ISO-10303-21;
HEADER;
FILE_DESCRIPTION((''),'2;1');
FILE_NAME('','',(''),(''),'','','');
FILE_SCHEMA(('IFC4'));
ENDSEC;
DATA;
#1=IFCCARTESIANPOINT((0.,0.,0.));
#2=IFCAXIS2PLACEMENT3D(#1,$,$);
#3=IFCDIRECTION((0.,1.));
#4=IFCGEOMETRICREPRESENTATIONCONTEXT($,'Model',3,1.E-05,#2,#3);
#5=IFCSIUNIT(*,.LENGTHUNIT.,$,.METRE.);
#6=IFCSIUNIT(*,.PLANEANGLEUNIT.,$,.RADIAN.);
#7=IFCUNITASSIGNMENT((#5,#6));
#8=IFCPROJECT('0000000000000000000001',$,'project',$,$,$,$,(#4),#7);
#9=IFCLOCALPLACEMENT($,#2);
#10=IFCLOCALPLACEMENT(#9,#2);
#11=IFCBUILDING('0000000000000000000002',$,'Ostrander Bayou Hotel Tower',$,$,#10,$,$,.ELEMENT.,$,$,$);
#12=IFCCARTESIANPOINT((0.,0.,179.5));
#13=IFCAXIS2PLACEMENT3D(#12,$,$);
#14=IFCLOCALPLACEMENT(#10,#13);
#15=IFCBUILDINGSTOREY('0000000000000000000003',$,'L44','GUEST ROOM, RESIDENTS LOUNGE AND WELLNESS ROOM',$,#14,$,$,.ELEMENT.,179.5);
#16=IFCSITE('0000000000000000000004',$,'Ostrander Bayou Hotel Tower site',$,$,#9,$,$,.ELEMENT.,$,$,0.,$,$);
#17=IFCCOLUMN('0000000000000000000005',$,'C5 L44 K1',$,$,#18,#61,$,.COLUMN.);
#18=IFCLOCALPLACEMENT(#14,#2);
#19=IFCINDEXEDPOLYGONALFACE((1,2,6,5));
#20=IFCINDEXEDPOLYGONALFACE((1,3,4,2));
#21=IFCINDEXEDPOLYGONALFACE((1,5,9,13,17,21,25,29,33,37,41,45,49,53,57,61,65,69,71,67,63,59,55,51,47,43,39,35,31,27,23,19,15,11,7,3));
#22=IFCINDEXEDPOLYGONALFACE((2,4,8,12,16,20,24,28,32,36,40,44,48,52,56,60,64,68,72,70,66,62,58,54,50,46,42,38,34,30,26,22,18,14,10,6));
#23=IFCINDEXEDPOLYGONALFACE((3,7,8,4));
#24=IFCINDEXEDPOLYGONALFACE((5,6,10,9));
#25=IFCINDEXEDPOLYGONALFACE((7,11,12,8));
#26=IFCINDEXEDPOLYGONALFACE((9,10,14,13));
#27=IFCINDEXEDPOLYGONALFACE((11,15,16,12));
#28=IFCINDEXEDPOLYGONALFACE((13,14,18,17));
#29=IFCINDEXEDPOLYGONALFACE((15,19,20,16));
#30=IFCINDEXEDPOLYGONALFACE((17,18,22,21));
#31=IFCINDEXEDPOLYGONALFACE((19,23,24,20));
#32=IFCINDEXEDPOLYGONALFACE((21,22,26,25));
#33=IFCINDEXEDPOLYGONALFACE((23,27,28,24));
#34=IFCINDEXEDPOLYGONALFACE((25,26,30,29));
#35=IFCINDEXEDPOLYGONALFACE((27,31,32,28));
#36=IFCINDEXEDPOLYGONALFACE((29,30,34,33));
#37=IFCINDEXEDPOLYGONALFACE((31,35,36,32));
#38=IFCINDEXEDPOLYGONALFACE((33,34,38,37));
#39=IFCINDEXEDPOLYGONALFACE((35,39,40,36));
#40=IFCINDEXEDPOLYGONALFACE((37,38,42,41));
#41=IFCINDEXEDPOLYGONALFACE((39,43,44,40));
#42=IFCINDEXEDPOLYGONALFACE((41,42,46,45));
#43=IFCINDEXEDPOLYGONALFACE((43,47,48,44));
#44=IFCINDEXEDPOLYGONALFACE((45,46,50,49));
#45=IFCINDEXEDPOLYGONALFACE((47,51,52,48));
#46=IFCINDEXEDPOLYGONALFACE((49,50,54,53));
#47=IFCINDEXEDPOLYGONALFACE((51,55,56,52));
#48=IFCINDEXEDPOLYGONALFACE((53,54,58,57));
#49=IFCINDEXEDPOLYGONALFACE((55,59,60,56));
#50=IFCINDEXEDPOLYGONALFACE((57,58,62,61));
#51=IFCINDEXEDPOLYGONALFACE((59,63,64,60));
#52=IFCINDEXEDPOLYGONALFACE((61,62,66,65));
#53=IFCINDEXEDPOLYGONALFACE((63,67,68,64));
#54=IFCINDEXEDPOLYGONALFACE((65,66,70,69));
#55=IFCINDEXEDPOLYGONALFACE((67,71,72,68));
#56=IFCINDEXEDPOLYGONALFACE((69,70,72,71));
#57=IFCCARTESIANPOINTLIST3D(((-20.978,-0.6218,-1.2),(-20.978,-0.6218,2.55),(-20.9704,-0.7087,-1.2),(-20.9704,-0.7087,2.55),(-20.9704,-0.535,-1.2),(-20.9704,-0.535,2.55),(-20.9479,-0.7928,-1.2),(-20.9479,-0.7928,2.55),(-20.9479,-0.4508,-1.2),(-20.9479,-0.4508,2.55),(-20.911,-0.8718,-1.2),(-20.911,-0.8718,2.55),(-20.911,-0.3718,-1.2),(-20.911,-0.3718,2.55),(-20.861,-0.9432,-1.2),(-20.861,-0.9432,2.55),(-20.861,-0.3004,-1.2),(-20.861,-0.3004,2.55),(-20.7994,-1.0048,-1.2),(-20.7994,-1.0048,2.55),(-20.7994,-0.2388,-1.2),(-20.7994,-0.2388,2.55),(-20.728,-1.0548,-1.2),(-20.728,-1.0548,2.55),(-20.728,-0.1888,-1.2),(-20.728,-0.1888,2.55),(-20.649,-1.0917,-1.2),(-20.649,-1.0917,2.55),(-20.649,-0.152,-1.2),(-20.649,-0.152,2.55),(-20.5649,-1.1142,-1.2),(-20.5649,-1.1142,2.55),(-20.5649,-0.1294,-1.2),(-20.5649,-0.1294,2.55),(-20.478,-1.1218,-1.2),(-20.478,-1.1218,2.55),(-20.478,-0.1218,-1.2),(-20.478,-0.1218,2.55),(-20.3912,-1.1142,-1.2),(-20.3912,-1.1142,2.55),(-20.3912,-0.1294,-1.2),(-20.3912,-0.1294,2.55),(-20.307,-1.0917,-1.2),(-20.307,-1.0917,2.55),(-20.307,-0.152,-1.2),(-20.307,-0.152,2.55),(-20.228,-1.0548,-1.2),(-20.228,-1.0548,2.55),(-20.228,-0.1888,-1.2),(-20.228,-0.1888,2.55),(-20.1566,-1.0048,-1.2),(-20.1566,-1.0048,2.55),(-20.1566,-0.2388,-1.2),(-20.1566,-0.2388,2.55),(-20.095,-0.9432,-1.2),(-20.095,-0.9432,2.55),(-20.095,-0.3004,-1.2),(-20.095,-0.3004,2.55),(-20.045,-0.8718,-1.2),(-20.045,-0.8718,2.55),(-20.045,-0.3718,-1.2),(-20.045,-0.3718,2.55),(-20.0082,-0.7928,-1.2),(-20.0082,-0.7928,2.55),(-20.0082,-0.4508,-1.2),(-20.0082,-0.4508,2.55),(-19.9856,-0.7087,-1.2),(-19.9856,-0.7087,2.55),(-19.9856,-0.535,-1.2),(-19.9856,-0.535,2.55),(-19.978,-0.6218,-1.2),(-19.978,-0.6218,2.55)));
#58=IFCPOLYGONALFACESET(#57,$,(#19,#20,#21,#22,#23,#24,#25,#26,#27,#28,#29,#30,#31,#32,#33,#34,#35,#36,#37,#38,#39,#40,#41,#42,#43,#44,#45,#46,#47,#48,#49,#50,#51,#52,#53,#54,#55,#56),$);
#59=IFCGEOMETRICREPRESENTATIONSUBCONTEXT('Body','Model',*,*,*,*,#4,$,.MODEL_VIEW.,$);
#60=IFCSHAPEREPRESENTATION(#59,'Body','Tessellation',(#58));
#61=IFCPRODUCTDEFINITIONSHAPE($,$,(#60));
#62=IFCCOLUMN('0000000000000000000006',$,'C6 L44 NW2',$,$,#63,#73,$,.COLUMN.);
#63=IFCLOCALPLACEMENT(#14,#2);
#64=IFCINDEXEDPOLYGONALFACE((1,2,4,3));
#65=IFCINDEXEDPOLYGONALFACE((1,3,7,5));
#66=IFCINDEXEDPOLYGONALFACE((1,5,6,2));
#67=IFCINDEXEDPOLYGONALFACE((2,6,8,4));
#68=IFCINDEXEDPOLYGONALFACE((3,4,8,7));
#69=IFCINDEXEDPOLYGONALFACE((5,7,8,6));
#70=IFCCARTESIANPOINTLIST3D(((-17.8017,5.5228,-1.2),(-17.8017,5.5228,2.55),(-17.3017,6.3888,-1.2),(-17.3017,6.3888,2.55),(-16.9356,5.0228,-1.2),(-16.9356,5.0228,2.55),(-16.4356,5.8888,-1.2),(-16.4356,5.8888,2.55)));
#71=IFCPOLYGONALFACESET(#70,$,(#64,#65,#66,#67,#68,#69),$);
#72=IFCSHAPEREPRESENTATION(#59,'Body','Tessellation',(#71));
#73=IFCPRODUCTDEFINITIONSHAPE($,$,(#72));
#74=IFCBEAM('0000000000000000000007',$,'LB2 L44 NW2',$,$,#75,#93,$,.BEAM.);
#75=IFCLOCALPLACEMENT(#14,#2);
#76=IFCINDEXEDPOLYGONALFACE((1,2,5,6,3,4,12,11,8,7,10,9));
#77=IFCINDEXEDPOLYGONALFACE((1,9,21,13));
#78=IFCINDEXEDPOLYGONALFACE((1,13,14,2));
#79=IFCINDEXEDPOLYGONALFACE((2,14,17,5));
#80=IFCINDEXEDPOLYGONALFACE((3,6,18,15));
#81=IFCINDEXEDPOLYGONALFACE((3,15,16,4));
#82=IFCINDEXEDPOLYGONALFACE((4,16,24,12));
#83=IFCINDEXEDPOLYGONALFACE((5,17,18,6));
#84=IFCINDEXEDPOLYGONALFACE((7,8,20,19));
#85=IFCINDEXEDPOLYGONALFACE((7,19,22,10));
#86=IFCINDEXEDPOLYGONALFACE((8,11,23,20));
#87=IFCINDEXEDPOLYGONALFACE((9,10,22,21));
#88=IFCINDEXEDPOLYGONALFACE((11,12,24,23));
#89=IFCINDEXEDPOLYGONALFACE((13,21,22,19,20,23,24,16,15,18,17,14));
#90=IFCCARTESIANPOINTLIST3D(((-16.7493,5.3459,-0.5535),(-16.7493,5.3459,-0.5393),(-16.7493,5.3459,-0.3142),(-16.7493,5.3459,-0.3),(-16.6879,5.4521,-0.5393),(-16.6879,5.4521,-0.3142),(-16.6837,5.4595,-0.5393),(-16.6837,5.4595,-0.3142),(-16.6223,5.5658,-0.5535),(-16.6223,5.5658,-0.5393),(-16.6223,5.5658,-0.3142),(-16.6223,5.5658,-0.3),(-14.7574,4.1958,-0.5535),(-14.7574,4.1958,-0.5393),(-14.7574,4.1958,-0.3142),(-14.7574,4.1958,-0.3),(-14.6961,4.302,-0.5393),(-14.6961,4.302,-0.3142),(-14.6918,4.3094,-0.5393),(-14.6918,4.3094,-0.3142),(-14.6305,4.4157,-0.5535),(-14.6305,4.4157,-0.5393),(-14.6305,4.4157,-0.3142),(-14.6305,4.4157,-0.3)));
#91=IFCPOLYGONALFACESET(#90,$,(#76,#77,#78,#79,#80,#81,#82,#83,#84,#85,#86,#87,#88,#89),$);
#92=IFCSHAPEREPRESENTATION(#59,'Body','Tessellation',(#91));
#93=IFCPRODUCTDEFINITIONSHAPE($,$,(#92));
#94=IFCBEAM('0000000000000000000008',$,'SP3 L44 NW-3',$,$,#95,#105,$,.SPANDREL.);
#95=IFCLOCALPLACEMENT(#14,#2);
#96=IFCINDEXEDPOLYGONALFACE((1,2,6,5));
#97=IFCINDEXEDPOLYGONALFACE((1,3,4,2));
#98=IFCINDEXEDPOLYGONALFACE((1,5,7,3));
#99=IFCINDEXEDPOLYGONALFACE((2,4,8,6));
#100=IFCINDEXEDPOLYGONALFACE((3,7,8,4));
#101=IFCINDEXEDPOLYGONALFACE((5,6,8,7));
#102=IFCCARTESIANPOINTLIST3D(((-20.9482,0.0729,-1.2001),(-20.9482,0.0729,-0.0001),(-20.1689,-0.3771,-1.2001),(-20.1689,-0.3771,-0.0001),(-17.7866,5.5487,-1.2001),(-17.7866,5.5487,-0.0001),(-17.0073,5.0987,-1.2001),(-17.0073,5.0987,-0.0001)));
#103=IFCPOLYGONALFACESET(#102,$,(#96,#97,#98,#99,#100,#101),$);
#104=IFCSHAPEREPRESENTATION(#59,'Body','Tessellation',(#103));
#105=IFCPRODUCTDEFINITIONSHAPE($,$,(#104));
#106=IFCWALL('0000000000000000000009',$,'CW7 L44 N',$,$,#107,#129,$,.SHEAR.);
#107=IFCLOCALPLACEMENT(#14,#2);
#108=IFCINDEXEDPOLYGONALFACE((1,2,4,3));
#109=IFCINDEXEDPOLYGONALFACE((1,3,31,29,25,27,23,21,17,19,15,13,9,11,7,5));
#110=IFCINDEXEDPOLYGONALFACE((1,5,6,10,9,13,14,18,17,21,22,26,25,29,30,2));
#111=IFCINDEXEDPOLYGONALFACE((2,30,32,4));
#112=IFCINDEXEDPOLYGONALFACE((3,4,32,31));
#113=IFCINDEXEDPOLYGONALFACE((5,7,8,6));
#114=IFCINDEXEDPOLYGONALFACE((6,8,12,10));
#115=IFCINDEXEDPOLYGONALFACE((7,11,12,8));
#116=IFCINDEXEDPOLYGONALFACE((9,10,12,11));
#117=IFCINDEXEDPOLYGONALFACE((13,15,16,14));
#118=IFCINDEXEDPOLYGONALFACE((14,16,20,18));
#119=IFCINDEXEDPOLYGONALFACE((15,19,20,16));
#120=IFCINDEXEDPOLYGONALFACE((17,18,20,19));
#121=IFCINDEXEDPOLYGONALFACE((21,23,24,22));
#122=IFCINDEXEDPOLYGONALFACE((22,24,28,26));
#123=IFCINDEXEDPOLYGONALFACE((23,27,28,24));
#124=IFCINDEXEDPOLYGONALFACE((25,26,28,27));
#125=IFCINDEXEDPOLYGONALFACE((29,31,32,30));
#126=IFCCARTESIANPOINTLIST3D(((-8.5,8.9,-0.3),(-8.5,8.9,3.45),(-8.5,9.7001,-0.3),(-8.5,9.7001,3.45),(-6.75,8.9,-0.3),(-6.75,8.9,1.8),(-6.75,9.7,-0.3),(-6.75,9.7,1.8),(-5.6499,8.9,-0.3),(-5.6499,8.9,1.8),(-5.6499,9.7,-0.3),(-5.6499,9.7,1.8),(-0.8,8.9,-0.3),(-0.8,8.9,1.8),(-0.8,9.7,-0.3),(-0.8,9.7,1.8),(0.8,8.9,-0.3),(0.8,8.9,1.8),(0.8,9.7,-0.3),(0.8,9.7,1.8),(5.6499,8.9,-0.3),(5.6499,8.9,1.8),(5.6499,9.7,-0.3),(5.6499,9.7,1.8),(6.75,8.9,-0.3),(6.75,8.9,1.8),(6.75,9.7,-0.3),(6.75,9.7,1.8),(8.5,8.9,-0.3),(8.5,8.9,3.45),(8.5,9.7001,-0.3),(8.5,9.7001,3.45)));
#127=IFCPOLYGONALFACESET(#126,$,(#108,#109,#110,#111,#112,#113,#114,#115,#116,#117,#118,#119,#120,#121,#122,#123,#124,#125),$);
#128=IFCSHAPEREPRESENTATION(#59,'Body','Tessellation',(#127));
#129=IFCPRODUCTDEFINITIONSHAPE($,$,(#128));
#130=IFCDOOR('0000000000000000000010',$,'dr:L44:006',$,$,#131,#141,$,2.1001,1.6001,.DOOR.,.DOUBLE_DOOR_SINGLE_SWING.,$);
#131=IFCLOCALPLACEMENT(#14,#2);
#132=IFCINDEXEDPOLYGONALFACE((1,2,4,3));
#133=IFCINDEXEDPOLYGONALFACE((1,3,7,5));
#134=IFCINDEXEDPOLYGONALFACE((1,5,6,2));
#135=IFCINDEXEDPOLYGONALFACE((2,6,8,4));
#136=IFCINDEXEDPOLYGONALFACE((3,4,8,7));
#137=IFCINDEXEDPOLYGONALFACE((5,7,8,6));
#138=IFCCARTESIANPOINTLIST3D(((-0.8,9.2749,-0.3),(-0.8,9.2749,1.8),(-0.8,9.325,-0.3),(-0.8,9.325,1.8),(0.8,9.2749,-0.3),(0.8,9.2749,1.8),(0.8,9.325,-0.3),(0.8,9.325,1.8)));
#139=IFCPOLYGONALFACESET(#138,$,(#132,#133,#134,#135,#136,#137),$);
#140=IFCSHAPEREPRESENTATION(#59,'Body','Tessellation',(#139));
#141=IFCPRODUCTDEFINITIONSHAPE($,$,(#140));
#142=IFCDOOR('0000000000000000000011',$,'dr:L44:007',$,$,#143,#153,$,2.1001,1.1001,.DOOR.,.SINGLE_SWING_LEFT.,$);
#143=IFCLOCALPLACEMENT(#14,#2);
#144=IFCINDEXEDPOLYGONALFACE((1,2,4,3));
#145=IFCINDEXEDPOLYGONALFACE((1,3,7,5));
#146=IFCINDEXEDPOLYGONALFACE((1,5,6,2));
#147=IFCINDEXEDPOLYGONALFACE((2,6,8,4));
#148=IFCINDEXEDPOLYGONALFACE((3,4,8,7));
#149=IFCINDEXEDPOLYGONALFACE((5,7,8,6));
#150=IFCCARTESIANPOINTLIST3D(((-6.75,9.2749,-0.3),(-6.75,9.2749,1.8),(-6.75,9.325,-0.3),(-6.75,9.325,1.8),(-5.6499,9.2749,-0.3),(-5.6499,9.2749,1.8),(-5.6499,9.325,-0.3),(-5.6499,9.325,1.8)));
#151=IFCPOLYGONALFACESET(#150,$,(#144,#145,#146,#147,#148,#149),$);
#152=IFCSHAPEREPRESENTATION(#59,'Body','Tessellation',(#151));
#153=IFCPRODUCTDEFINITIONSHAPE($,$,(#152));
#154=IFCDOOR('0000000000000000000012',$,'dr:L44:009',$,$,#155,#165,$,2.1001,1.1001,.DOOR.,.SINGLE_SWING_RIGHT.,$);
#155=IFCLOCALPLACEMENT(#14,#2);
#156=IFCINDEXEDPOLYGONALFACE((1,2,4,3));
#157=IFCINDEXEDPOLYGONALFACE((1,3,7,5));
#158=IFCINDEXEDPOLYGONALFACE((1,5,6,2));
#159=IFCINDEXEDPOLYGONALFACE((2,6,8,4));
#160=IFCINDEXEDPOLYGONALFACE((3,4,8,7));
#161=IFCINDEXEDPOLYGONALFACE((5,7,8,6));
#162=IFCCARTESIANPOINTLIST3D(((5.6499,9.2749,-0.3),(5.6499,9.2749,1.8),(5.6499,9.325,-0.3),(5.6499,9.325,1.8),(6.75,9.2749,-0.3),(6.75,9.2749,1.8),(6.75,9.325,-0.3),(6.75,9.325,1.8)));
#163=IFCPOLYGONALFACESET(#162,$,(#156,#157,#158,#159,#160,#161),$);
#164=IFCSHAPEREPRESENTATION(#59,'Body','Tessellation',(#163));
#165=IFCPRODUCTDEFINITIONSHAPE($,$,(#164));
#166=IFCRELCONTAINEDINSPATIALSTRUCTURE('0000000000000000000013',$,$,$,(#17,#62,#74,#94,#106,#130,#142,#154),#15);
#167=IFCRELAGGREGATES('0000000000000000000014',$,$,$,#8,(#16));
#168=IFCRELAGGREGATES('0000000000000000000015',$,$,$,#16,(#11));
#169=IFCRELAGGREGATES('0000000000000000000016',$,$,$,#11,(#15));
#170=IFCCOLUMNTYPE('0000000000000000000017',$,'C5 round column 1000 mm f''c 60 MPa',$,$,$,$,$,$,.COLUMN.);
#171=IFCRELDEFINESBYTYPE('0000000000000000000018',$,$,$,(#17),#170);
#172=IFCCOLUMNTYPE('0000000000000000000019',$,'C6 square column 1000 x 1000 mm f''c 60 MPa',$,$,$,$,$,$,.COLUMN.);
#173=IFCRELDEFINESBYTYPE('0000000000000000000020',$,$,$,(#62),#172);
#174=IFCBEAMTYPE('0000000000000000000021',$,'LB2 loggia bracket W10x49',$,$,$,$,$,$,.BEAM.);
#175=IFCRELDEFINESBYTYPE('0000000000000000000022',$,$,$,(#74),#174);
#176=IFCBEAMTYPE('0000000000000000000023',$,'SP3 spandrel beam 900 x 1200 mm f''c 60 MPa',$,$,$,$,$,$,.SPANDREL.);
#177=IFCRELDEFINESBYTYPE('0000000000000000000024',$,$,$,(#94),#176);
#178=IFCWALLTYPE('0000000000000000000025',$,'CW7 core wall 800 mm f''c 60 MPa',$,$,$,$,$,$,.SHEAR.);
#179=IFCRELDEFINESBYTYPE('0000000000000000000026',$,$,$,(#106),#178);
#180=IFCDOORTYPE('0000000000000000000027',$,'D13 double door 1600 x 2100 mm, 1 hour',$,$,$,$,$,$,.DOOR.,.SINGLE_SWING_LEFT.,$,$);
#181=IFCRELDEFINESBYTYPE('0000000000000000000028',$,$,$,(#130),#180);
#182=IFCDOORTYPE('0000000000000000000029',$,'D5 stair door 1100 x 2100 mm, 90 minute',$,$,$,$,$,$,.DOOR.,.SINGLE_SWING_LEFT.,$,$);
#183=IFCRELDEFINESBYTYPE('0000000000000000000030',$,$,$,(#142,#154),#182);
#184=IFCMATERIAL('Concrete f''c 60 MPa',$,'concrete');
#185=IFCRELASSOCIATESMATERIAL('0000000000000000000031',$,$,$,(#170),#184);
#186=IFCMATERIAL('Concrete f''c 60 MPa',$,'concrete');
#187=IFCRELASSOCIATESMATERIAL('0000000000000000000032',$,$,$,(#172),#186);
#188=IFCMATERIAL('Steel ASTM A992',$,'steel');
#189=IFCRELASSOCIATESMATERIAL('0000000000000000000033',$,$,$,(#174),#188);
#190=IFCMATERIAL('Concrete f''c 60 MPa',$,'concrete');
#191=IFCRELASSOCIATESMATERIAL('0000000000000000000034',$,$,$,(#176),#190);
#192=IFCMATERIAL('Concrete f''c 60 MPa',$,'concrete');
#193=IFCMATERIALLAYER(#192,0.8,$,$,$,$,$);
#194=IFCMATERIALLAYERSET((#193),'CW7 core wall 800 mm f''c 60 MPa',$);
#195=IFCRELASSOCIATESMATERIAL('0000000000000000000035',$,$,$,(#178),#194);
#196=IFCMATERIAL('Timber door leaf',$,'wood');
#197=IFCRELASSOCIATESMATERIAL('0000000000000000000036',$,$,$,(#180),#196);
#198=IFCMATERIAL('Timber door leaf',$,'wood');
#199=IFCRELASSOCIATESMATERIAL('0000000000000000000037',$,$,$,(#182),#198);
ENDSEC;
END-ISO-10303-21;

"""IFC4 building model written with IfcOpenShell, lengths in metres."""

from ifc_helpers import new_model, si_unit, direction, frame, frame_2d, origin, origin_2d, place, context, subcontext, project, spatial, rectangle, circle, i_section, extrude, material, layer, layer_set, material_profile, profile_set, type_object, element, fill, save


model = new_model("IFC4")

# Units and contexts
model_context = context("Model", 3, precision=1e-05, world=origin(), true_north=direction((0.0, 1.0)))
body_context = subcontext(model_context, "Body", "Model", "MODEL_VIEW")
ifc_project = project(units=[si_unit("LENGTHUNIT", "METRE"), si_unit("PLANEANGLEUNIT", "RADIAN")], contexts=[model_context])

# Site, building, storey
site_placement = place(None, origin())
site = spatial("IfcSite", under=ifc_project, at=site_placement, Name="Ostrander Bayou Hotel Tower site", CompositionType="ELEMENT", RefElevation=0.0)
building_placement = place(site_placement, origin())
building = spatial("IfcBuilding", under=site, at=building_placement, Name="Ostrander Bayou Hotel Tower", CompositionType="ELEMENT")
storey_placement = place(building_placement, frame((0.0, 0.0, 179.5)))
storey = spatial("IfcBuildingStorey", under=building, at=storey_placement, Name="L44", Description="GUEST ROOM, RESIDENTS LOUNGE AND WELLNESS ROOM", CompositionType="ELEMENT", Elevation=179.5)

# Columns
ifc_material_1 = material(Name="Concrete f'c 60 MPa", Category="concrete")
ifc_material_profile_1 = material_profile(ifc_material_1, circle(Radius=0.5, at=origin_2d()))
ifc_profile_set_1 = profile_set([ifc_material_profile_1], Name="Concrete f'c 60 MPa")
column_type_1 = type_object("IfcColumnType", Name="C5 round column 1000 mm f'c 60 MPa", PredefinedType="COLUMN", material=ifc_profile_set_1)
column_1_placement = place(storey_placement, frame((-20.478, -0.6218, -1.2), z_axis=(0.0, 0.0, 1.0), x_axis=(1.0, 0.0, 0.0)))
element("IfcColumn", 1, at=column_1_placement, inside=storey, type_object=column_type_1, Name="C5 L44 K1", PredefinedType="COLUMN", context=body_context, shape_type="SweptSolid", body=[
    extrude(circle(Radius=0.5, at=origin_2d()), origin(), (0.0, 0.0, 1.0), 3.75),
])
ifc_material_2 = material(Name="Concrete f'c 60 MPa", Category="concrete")
ifc_material_profile_2 = material_profile(ifc_material_2, rectangle(XDim=1.0, YDim=1.0, at=origin_2d()))
ifc_profile_set_2 = profile_set([ifc_material_profile_2], Name="Concrete f'c 60 MPa")
column_type_2 = type_object("IfcColumnType", Name="C6 square column 1000 x 1000 mm f'c 60 MPa", PredefinedType="COLUMN", material=ifc_profile_set_2)
column_2_placement = place(storey_placement, frame((-17.1187, 5.7058, -1.2), z_axis=(0.0, 0.0, 1.0), x_axis=(0.5, 0.866025, 0.0)))
element("IfcColumn", 2, at=column_2_placement, inside=storey, type_object=column_type_2, Name="C6 L44 NW2", PredefinedType="COLUMN", context=body_context, shape_type="SweptSolid", body=[
    extrude(rectangle(XDim=1.0, YDim=1.0, at=origin_2d()), origin(), (0.0, 0.0, 1.0), 3.75),
])

# Beams
ifc_material_3 = material(Name="Steel ASTM A992", Category="steel")
ifc_material_profile_3 = material_profile(ifc_material_3, i_section(OverallWidth=0.2539, OverallDepth=0.2534, WebThickness=0.0085, FlangeThickness=0.0142, at=origin_2d()))
ifc_profile_set_3 = profile_set([ifc_material_profile_3], Name="Steel ASTM A992")
beam_type_1 = type_object("IfcBeamType", Name="LB2 loggia bracket W10x49", PredefinedType="BEAM", material=ifc_profile_set_3)
beam_1_placement = place(storey_placement, frame((-16.6858, 5.4558, -0.4268), z_axis=(0.866007, -0.500032, 0.0), x_axis=(0.500032, 0.866007, 0.0)))
element("IfcBeam", 3, at=beam_1_placement, inside=storey, type_object=beam_type_1, Name="LB2 L44 NW2", PredefinedType="BEAM", context=body_context, shape_type="SweptSolid", body=[
    extrude(i_section(OverallWidth=0.2539, OverallDepth=0.2534, WebThickness=0.0085, FlangeThickness=0.0142, at=origin_2d()), origin(), (0.0, 0.0, 1.0), 2.3),
])
ifc_material_4 = material(Name="Concrete f'c 60 MPa", Category="concrete")
ifc_material_profile_4 = material_profile(ifc_material_4, rectangle(XDim=0.8999, YDim=1.2, at=origin_2d()))
ifc_profile_set_4 = profile_set([ifc_material_profile_4], Name="Concrete f'c 60 MPa")
beam_type_2 = type_object("IfcBeamType", Name="SP3 spandrel beam 900 x 1200 mm f'c 60 MPa", PredefinedType="SPANDREL", material=ifc_profile_set_4)
beam_2_placement = place(storey_placement, frame((-17.397, 5.3237, -0.6001), z_axis=(-0.500018, -0.866015, 0.0), x_axis=(0.866015, -0.500018, 0.0)))
element("IfcBeam", 4, at=beam_2_placement, inside=storey, type_object=beam_type_2, Name="SP3 L44 NW-3", PredefinedType="SPANDREL", context=body_context, shape_type="SweptSolid", body=[
    extrude(rectangle(XDim=0.8999, YDim=1.2, at=origin_2d()), origin(), (0.0, 0.0, 1.0), 6.323),
])

# Wall, openings, doors
ifc_material_5 = material(Name="Concrete f'c 60 MPa", Category="concrete")
ifc_layer_1 = layer(ifc_material_5, 0.8)
ifc_layer_set_1 = layer_set([ifc_layer_1], Name="CW7 core wall 800 mm f'c 60 MPa")
wall_type_1 = type_object("IfcWallType", Name="CW7 core wall 800 mm f'c 60 MPa", PredefinedType="SHEAR", material=ifc_layer_set_1)
wall_1_placement = place(storey_placement, frame((-8.5, 9.3, -0.3), z_axis=(0.0, 0.0, 1.0), x_axis=(1.0, 0.0, 0.0)))
wall_1 = element("IfcWall", 5, at=wall_1_placement, inside=storey, type_object=wall_type_1, Name="CW7 L44 N", PredefinedType="SHEAR", context=body_context, shape_type="SweptSolid", body=[
    extrude(rectangle(XDim=17.0, YDim=0.8, at=frame_2d((8.5, 0.0))), origin(), (0.0, 0.0, 1.0), 3.75),
])
opening_1_placement = place(wall_1_placement, frame((7.7, 0.0, 0.0)))
opening_1 = element("IfcOpeningElement", 6, at=opening_1_placement, cuts=wall_1, PredefinedType="OPENING", context=body_context, shape_type="SweptSolid", body=[
    extrude(rectangle(XDim=1.6001, YDim=2.1001, at=frame_2d((0.8, 1.05))), frame((0.0, 0.3999, 0.0), z_axis=(0.0, -1.0, 0.0), x_axis=(1.0, 0.0, 0.0)), (0.0, 0.0, 1.0), 0.8),
])
opening_2_placement = place(wall_1_placement, frame((1.75, 0.0, 0.0)))
opening_2 = element("IfcOpeningElement", 7, at=opening_2_placement, cuts=wall_1, PredefinedType="OPENING", context=body_context, shape_type="SweptSolid", body=[
    extrude(rectangle(XDim=1.1001, YDim=2.1001, at=frame_2d((0.55, 1.05))), frame((0.0, 0.3999, 0.0), z_axis=(0.0, -1.0, 0.0), x_axis=(1.0, 0.0, 0.0)), (0.0, 0.0, 1.0), 0.8),
])
opening_3_placement = place(wall_1_placement, frame((14.1499, 0.0, 0.0)))
opening_3 = element("IfcOpeningElement", 8, at=opening_3_placement, cuts=wall_1, PredefinedType="OPENING", context=body_context, shape_type="SweptSolid", body=[
    extrude(rectangle(XDim=1.1001, YDim=2.1001, at=frame_2d((0.55, 1.05))), frame((0.0, 0.3999, 0.0), z_axis=(0.0, -1.0, 0.0), x_axis=(1.0, 0.0, 0.0)), (0.0, 0.0, 1.0), 0.8),
])
ifc_material_6 = material(Name="Timber door leaf", Category="wood")
door_type_1 = type_object("IfcDoorType", Name="D13 double door 1600 x 2100 mm, 1 hour", OperationType="SINGLE_SWING_LEFT", PredefinedType="DOOR", material=ifc_material_6)
door_1_placement = place(opening_1_placement, origin())
door_1 = element("IfcDoor", 9, at=door_1_placement, inside=storey, type_object=door_type_1, Name="dr:L44:006", OperationType="DOUBLE_DOOR_SINGLE_SWING", OverallHeight=2.1001, OverallWidth=1.6001, PredefinedType="DOOR", context=body_context, shape_type="SweptSolid", body=[
    extrude(rectangle(XDim=1.6001, YDim=2.1001, at=frame_2d((0.8, 1.05))), frame((0.0, 0.0249, 0.0), z_axis=(0.0, -1.0, 0.0), x_axis=(1.0, 0.0, 0.0)), (0.0, 0.0, 1.0), 0.05),
])
fill(opening_1, door_1)
ifc_material_7 = material(Name="Timber door leaf", Category="wood")
door_type_2 = type_object("IfcDoorType", Name="D5 stair door 1100 x 2100 mm, 90 minute", OperationType="SINGLE_SWING_LEFT", PredefinedType="DOOR", material=ifc_material_7)
door_2_placement = place(opening_2_placement, origin())
door_2 = element("IfcDoor", 10, at=door_2_placement, inside=storey, type_object=door_type_2, Name="dr:L44:007", OperationType="SINGLE_SWING_LEFT", OverallHeight=2.1001, OverallWidth=1.1001, PredefinedType="DOOR", context=body_context, shape_type="SweptSolid", body=[
    extrude(rectangle(XDim=1.1001, YDim=2.1001, at=frame_2d((0.55, 1.05))), frame((0.0, 0.0249, 0.0), z_axis=(0.0, -1.0, 0.0), x_axis=(1.0, 0.0, 0.0)), (0.0, 0.0, 1.0), 0.05),
])
fill(opening_2, door_2)
door_3_placement = place(opening_3_placement, origin())
door_3 = element("IfcDoor", 11, at=door_3_placement, inside=storey, type_object=door_type_2, Name="dr:L44:009", OperationType="SINGLE_SWING_RIGHT", OverallHeight=2.1001, OverallWidth=1.1001, PredefinedType="DOOR", context=body_context, shape_type="SweptSolid", body=[
    extrude(rectangle(XDim=1.1001, YDim=2.1001, at=frame_2d((0.55, 1.05))), frame((0.0, 0.0249, 0.0), z_axis=(0.0, -1.0, 0.0), x_axis=(1.0, 0.0, 0.0)), (0.0, 0.0, 1.0), 0.05),
])
fill(opening_3, door_3)

save(model, "model.ifc")
